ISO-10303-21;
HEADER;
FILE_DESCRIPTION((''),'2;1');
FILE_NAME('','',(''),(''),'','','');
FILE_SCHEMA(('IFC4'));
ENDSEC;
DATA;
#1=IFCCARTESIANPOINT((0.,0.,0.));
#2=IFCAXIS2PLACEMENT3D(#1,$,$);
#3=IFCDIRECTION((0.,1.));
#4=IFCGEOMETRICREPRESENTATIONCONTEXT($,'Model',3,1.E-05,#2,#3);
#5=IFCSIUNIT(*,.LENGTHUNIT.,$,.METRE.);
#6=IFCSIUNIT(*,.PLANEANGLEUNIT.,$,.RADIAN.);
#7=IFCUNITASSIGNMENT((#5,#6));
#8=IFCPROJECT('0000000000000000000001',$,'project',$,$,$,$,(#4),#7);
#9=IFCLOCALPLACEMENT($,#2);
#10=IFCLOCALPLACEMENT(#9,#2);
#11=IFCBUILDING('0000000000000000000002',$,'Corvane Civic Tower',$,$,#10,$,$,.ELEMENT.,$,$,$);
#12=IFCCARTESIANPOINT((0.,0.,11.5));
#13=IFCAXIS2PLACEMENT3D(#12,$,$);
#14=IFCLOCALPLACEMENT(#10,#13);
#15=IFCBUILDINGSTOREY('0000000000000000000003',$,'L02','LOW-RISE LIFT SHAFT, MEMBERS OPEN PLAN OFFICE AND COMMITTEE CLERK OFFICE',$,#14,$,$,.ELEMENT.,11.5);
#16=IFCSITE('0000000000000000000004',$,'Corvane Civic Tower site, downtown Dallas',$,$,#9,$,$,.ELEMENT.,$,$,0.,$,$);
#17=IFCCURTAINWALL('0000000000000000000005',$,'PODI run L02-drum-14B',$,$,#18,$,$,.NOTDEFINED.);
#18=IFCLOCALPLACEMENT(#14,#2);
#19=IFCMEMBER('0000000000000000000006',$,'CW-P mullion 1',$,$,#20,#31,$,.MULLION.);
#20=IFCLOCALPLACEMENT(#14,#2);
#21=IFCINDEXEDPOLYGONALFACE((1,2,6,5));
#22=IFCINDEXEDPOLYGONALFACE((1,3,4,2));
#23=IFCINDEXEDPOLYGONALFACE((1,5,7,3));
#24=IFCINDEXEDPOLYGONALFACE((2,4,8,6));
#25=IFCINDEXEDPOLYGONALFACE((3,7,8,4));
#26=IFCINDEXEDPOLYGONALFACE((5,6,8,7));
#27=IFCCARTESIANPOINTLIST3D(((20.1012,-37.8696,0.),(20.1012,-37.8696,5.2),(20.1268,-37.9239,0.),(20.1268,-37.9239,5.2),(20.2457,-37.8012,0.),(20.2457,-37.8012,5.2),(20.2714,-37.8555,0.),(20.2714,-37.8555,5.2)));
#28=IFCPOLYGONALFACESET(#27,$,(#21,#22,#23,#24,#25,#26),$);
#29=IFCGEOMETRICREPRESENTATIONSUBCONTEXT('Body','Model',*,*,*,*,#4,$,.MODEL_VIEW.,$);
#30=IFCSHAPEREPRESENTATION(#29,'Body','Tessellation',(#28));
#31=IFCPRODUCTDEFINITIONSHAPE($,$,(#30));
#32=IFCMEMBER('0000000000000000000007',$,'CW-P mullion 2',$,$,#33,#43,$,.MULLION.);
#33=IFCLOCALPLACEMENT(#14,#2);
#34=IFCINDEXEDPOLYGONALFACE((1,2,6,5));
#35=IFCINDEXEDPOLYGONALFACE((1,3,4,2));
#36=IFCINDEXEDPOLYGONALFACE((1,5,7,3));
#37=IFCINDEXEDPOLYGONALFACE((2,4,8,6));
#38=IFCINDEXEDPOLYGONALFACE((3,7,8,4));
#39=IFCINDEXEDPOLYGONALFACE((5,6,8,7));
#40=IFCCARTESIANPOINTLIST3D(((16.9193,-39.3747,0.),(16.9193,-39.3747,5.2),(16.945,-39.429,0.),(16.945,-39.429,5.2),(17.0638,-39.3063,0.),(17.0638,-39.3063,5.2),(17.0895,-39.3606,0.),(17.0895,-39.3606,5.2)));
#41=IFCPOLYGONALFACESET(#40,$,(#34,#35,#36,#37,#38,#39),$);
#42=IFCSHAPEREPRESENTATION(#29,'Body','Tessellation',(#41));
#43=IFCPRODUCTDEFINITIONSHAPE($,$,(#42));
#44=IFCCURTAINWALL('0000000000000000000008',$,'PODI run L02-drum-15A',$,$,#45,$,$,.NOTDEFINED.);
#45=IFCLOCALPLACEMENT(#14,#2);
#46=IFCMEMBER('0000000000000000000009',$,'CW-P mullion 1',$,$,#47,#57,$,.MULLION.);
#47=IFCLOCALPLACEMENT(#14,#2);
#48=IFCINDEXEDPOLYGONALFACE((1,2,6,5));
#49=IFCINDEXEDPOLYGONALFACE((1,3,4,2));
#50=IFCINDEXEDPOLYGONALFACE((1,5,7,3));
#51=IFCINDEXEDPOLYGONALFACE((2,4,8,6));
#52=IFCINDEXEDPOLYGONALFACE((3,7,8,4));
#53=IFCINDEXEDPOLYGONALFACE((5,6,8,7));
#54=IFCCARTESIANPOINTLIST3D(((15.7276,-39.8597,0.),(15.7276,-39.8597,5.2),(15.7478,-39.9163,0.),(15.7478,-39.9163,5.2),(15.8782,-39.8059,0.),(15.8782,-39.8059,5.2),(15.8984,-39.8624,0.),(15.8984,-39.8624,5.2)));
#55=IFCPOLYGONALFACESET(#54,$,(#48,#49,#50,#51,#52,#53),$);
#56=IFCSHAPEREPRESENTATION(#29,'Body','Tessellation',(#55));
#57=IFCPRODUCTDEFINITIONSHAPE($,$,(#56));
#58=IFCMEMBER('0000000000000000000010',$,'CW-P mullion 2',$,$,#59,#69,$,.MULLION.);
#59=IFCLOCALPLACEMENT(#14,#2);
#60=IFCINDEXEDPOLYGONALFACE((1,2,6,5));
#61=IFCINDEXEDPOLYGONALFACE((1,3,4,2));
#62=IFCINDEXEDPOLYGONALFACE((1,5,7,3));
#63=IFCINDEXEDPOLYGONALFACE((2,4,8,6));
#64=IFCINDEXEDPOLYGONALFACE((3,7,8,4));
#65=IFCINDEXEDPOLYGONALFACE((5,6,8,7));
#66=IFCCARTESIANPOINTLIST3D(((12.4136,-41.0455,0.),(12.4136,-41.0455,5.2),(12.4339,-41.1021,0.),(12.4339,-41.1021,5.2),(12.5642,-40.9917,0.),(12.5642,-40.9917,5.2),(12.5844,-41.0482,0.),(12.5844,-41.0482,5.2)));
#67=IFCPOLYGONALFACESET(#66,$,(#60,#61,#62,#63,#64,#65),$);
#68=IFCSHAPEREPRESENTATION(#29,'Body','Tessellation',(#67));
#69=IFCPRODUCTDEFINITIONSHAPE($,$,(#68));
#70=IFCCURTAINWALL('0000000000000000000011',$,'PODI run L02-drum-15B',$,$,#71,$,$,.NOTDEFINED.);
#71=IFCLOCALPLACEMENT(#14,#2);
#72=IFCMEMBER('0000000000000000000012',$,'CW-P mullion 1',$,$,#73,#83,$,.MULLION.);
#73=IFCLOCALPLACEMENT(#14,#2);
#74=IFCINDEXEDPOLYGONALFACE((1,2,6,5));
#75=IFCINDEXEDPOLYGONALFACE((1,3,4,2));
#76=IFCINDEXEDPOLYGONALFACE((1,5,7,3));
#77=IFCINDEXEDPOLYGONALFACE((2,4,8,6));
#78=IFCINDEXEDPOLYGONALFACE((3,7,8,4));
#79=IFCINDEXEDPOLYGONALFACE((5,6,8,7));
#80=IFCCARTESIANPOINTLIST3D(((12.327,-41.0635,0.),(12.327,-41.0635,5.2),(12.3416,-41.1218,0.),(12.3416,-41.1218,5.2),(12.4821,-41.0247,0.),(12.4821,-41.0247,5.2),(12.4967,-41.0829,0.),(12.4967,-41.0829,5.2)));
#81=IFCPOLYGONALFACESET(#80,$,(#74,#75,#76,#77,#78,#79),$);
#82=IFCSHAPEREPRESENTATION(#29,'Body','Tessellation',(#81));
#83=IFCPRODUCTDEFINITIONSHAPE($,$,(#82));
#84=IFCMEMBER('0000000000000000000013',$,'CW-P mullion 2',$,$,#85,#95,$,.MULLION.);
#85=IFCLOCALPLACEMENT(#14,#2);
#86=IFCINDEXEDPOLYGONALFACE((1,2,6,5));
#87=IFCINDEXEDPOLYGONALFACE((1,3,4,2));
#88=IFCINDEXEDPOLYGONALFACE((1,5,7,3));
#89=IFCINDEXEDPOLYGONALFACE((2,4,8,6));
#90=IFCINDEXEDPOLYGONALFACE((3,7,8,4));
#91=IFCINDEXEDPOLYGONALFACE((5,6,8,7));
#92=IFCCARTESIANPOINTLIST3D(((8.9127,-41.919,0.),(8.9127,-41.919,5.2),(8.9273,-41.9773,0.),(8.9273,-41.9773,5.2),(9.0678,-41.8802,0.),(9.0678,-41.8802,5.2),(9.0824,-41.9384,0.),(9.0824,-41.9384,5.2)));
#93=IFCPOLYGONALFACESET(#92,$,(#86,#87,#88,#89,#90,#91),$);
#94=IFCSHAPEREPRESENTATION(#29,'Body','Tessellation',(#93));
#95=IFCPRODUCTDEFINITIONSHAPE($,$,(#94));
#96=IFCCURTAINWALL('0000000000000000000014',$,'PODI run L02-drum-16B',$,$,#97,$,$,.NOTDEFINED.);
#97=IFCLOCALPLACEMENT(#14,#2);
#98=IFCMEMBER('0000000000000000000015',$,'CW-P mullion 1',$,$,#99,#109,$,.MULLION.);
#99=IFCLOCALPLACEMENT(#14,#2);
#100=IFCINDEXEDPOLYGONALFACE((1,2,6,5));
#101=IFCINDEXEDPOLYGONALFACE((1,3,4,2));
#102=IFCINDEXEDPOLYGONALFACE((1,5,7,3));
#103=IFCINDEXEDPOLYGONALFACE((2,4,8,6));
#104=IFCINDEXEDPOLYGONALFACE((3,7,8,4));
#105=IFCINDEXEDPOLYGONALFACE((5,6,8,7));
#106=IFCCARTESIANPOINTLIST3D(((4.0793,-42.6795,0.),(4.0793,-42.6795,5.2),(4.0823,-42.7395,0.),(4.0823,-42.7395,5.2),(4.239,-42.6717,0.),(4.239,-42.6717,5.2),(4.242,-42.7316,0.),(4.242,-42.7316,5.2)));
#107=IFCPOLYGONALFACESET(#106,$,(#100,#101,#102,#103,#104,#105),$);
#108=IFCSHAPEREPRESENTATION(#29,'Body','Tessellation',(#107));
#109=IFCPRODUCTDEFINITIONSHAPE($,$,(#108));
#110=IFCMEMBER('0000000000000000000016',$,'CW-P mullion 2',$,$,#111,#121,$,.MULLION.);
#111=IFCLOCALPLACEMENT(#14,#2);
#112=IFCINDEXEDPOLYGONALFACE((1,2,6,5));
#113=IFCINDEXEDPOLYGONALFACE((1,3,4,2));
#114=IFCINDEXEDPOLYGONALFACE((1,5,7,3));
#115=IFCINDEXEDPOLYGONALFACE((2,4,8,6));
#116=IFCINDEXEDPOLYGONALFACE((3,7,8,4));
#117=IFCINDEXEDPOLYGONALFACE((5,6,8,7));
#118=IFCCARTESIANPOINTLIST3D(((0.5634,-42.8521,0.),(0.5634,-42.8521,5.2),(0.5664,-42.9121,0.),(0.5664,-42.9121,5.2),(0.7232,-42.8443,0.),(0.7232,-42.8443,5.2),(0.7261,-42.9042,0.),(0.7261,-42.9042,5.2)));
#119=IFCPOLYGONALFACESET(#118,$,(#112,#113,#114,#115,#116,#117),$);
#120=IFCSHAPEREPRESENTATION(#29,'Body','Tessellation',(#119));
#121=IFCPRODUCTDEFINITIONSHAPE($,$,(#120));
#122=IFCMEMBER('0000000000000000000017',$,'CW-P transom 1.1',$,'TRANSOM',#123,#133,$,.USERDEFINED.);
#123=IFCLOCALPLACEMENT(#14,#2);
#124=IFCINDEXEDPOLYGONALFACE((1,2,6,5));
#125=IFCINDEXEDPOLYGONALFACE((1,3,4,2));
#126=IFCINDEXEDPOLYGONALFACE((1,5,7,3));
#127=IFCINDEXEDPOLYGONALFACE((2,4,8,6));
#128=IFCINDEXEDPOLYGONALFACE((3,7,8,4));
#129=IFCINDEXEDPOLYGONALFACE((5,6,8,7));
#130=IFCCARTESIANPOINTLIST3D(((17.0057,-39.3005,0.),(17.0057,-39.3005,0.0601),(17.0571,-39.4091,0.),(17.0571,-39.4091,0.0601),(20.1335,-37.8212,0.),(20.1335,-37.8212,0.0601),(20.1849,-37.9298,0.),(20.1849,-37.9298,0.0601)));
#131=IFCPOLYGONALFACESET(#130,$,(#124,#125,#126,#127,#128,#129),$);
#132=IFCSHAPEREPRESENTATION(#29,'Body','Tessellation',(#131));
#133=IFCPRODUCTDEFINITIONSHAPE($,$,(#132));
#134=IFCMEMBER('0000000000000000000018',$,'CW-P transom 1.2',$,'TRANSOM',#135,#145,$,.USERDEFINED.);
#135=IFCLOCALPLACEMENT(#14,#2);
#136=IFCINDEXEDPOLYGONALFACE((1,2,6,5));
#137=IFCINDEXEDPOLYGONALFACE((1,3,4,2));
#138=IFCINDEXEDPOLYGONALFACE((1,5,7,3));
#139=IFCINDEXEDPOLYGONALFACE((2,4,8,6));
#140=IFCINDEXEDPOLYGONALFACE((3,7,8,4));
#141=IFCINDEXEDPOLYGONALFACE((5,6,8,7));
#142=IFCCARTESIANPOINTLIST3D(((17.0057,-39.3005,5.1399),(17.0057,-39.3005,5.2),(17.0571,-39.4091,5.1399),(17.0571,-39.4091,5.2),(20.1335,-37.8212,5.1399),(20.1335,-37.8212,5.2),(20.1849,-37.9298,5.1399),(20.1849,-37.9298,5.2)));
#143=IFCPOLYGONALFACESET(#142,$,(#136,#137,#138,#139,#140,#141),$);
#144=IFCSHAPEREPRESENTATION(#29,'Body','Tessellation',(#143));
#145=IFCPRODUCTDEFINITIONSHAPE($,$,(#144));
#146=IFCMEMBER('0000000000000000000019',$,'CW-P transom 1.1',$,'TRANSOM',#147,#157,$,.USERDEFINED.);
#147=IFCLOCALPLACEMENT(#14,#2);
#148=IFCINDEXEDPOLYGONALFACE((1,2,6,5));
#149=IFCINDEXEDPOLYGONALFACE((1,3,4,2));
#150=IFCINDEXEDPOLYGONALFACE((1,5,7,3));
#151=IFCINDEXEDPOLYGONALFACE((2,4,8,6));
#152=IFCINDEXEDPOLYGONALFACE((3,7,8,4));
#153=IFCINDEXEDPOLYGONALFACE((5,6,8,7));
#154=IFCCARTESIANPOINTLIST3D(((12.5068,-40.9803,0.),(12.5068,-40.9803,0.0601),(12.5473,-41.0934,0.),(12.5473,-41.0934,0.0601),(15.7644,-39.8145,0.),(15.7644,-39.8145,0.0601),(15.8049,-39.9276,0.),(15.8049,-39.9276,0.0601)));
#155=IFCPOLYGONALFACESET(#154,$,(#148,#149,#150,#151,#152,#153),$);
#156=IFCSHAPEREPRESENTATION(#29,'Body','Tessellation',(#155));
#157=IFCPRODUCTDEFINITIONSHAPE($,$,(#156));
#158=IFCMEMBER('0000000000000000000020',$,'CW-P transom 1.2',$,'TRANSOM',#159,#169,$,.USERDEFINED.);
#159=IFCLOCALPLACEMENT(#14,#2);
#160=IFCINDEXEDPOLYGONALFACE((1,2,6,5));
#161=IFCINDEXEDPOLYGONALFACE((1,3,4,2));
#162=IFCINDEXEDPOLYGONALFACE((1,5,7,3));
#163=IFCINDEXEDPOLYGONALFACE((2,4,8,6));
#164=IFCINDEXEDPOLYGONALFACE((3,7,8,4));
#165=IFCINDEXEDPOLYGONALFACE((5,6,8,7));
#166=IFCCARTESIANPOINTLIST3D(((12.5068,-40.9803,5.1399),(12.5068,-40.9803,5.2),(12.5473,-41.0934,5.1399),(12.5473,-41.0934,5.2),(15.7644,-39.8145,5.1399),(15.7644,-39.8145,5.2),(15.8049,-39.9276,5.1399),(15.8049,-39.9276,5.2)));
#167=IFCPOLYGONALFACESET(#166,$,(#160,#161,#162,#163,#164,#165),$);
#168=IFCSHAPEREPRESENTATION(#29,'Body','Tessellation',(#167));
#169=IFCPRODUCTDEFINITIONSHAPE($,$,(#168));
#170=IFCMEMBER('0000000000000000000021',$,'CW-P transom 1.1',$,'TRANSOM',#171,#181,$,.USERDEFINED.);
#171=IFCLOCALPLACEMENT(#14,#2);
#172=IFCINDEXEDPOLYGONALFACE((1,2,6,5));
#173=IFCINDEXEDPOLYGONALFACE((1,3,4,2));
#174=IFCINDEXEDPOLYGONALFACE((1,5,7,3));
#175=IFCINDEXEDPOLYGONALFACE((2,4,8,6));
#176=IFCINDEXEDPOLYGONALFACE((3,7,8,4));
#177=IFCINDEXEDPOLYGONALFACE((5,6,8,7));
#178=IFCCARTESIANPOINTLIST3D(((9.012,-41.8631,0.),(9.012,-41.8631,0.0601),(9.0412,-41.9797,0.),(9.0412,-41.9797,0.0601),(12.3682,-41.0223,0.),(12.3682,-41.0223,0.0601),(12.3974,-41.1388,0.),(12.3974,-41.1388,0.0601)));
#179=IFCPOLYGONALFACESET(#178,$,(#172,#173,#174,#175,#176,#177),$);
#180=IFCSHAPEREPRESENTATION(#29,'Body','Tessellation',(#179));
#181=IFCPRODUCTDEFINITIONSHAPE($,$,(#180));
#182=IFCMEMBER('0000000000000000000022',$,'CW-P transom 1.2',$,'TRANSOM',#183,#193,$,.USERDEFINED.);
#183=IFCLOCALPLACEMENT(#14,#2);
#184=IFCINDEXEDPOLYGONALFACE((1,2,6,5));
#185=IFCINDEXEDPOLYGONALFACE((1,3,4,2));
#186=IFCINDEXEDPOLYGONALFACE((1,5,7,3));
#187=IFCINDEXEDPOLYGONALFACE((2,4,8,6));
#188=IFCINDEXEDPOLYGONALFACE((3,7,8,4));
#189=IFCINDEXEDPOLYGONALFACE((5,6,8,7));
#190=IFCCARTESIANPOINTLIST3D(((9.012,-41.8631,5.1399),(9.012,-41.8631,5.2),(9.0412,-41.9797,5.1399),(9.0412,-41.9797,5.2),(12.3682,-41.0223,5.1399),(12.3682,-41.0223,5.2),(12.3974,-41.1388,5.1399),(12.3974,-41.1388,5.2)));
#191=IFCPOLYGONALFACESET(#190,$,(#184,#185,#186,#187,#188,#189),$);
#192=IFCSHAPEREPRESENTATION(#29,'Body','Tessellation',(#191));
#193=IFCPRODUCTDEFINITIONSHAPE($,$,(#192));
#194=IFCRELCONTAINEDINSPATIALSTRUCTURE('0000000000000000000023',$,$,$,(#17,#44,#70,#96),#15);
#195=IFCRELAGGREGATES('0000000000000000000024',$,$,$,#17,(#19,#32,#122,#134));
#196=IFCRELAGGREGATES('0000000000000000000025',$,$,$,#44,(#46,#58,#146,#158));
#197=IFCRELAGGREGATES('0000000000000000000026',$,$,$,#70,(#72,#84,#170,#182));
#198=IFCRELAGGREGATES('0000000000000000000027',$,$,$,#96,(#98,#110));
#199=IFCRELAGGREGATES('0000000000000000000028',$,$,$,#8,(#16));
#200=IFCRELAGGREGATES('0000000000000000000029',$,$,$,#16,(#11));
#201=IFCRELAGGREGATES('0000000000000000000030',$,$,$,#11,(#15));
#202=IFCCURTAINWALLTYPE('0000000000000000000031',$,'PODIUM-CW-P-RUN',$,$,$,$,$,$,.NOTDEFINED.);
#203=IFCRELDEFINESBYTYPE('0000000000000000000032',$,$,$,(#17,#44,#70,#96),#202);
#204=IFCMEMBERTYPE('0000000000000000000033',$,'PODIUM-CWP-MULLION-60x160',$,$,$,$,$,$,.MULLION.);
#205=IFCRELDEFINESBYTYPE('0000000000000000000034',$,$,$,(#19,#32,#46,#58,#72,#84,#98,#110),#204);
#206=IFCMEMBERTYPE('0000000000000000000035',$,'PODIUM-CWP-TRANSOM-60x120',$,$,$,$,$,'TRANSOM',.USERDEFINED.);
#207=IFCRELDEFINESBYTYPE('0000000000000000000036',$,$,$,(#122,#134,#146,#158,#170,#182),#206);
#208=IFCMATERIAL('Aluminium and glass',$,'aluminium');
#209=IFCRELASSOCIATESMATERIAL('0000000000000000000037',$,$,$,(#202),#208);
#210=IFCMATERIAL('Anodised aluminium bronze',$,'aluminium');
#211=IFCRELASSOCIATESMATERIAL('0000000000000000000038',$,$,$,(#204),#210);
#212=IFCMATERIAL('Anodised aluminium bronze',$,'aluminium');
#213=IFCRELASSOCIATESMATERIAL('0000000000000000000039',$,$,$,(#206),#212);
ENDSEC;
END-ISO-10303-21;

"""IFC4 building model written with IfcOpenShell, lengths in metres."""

from ifc_helpers import new_model, si_unit, direction, frame, origin, origin_2d, place, context, subcontext, project, spatial, rectangle, extrude, material, material_profile, profile_set, type_object, element, aggregate, save


model = new_model("IFC4")

# Units and contexts
model_context = context("Model", 3, precision=1e-05, world=origin(), true_north=direction((0.0, 1.0)))
body_context = subcontext(model_context, "Body", "Model", "MODEL_VIEW")
ifc_project = project(units=[si_unit("LENGTHUNIT", "METRE"), si_unit("PLANEANGLEUNIT", "RADIAN")], contexts=[model_context])

# Site, building, storey
site_placement = place(None, origin())
site = spatial("IfcSite", under=ifc_project, at=site_placement, Name="Corvane Civic Tower site, downtown Dallas", CompositionType="ELEMENT", RefElevation=0.0)
building_placement = place(site_placement, origin())
building = spatial("IfcBuilding", under=site, at=building_placement, Name="Corvane Civic Tower", CompositionType="ELEMENT")
storey_placement = place(building_placement, frame((0.0, 0.0, 11.5)))
storey = spatial("IfcBuildingStorey", under=building, at=storey_placement, Name="L02", Description="LOW-RISE LIFT SHAFT, MEMBERS OPEN PLAN OFFICE AND COMMITTEE CLERK OFFICE", CompositionType="ELEMENT", Elevation=11.5)

# Curtain walls, members
ifc_material_1 = material(Name="Aluminium and glass", Category="aluminium")
curtain_wall_type = type_object("IfcCurtainWallType", Name="PODIUM-CW-P-RUN", PredefinedType="NOTDEFINED", material=ifc_material_1)
curtain_wall_1_placement = place(storey_placement, origin())
curtain_wall_1 = element("IfcCurtainWall", 1, at=curtain_wall_1_placement, inside=storey, type_object=curtain_wall_type, Name="PODI run L02-drum-14B", PredefinedType="NOTDEFINED")
ifc_material_2 = material(Name="Anodised aluminium bronze", Category="aluminium")
ifc_material_profile_1 = material_profile(ifc_material_2, rectangle(XDim=0.0601, YDim=0.1599, at=origin_2d()), Name="AL 60x160")
ifc_profile_set_1 = profile_set([ifc_material_profile_1], Name="Anodised aluminium bronze")
member_type_1 = type_object("IfcMemberType", Name="PODIUM-CWP-MULLION-60x160", PredefinedType="MULLION", material=ifc_profile_set_1)
member_1_placement = place(storey_placement, frame((20.1863, -37.8625, 0.0), z_axis=(0.0, 0.0, 1.0), x_axis=(0.427553, -0.90399, 0.0)))
member_1 = element("IfcMember", 2, at=member_1_placement, type_object=member_type_1, Name="CW-P mullion 1", PredefinedType="MULLION", context=body_context, shape_type="SweptSolid", body=[
    extrude(rectangle(XDim=0.0601, YDim=0.1599, at=origin_2d()), origin(), (0.0, 0.0, 1.0), 5.2),
])
member_2_placement = place(storey_placement, frame((17.0044, -39.3677, 0.0), z_axis=(0.0, 0.0, 1.0), x_axis=(0.427553, -0.90399, 0.0)))
member_2 = element("IfcMember", 3, at=member_2_placement, type_object=member_type_1, Name="CW-P mullion 2", PredefinedType="MULLION", context=body_context, shape_type="SweptSolid", body=[
    extrude(rectangle(XDim=0.0601, YDim=0.1599, at=origin_2d()), origin(), (0.0, 0.0, 1.0), 5.2),
])
curtain_wall_2_placement = place(storey_placement, origin())
curtain_wall_2 = element("IfcCurtainWall", 4, at=curtain_wall_2_placement, inside=storey, type_object=curtain_wall_type, Name="PODI run L02-drum-15A", PredefinedType="NOTDEFINED")
member_3_placement = place(storey_placement, frame((15.813, -39.8611, 0.0), z_axis=(0.0, 0.0, 1.0), x_axis=(0.336919, -0.941534, 0.0)))
member_3 = element("IfcMember", 5, at=member_3_placement, type_object=member_type_1, Name="CW-P mullion 1", PredefinedType="MULLION", context=body_context, shape_type="SweptSolid", body=[
    extrude(rectangle(XDim=0.0601, YDim=0.1599, at=origin_2d()), origin(), (0.0, 0.0, 1.0), 5.2),
])
member_4_placement = place(storey_placement, frame((12.499, -41.0469, 0.0), z_axis=(0.0, 0.0, 1.0), x_axis=(0.336919, -0.941534, 0.0)))
member_4 = element("IfcMember", 6, at=member_4_placement, type_object=member_type_1, Name="CW-P mullion 2", PredefinedType="MULLION", context=body_context, shape_type="SweptSolid", body=[
    extrude(rectangle(XDim=0.0601, YDim=0.1599, at=origin_2d()), origin(), (0.0, 0.0, 1.0), 5.2),
])
curtain_wall_3_placement = place(storey_placement, origin())
curtain_wall_3 = element("IfcCurtainWall", 7, at=curtain_wall_3_placement, inside=storey, type_object=curtain_wall_type, Name="PODI run L02-drum-15B", PredefinedType="NOTDEFINED")
member_5_placement = place(storey_placement, frame((12.4119, -41.0732, 0.0), z_axis=(0.0, 0.0, 1.0), x_axis=(0.243009, -0.970024, 0.0)))
member_5 = element("IfcMember", 8, at=member_5_placement, type_object=member_type_1, Name="CW-P mullion 1", PredefinedType="MULLION", context=body_context, shape_type="SweptSolid", body=[
    extrude(rectangle(XDim=0.0601, YDim=0.1599, at=origin_2d()), origin(), (0.0, 0.0, 1.0), 5.2),
])
member_6_placement = place(storey_placement, frame((8.9976, -41.9287, 0.0), z_axis=(0.0, 0.0, 1.0), x_axis=(0.243009, -0.970024, 0.0)))
member_6 = element("IfcMember", 9, at=member_6_placement, type_object=member_type_1, Name="CW-P mullion 2", PredefinedType="MULLION", context=body_context, shape_type="SweptSolid", body=[
    extrude(rectangle(XDim=0.0601, YDim=0.1599, at=origin_2d()), origin(), (0.0, 0.0, 1.0), 5.2),
])
curtain_wall_4_placement = place(storey_placement, origin())
curtain_wall_4 = element("IfcCurtainWall", 10, at=curtain_wall_4_placement, inside=storey, type_object=curtain_wall_type, Name="PODI run L02-drum-16B", PredefinedType="NOTDEFINED")
member_7_placement = place(storey_placement, frame((4.1606, -42.7056, 0.0), z_axis=(0.0, 0.0, 1.0), x_axis=(0.04905, -0.998796, 0.0)))
member_7 = element("IfcMember", 11, at=member_7_placement, type_object=member_type_1, Name="CW-P mullion 1", PredefinedType="MULLION", context=body_context, shape_type="SweptSolid", body=[
    extrude(rectangle(XDim=0.0601, YDim=0.1599, at=origin_2d()), origin(), (0.0, 0.0, 1.0), 5.2),
])
member_8_placement = place(storey_placement, frame((0.6448, -42.8782, 0.0), z_axis=(0.0, 0.0, 1.0), x_axis=(0.04905, -0.998796, 0.0)))
member_8 = element("IfcMember", 12, at=member_8_placement, type_object=member_type_1, Name="CW-P mullion 2", PredefinedType="MULLION", context=body_context, shape_type="SweptSolid", body=[
    extrude(rectangle(XDim=0.0601, YDim=0.1599, at=origin_2d()), origin(), (0.0, 0.0, 1.0), 5.2),
])

# Members
ifc_material_3 = material(Name="Anodised aluminium bronze", Category="aluminium")
ifc_material_profile_2 = material_profile(ifc_material_3, rectangle(XDim=0.1201, YDim=0.0601, at=origin_2d()), Name="AL 120x60")
ifc_profile_set_2 = profile_set([ifc_material_profile_2], Name="Anodised aluminium bronze")
member_type_2 = type_object("IfcMemberType", Name="PODIUM-CWP-TRANSOM-60x120", ElementType="TRANSOM", PredefinedType="USERDEFINED", material=ifc_profile_set_2)
member_9_placement = place(storey_placement, frame((20.1592, -37.8755, 0.03), z_axis=(-0.903993, -0.427546, 0.0), x_axis=(0.427546, -0.903993, 0.0)))
member_9 = element("IfcMember", 13, at=member_9_placement, type_object=member_type_2, Name="CW-P transom 1.1", ObjectType="TRANSOM", PredefinedType="USERDEFINED", context=body_context, shape_type="SweptSolid", body=[
    extrude(rectangle(XDim=0.1201, YDim=0.0601, at=origin_2d()), origin(), (0.0, 0.0, 1.0), 3.46),
])
member_10_placement = place(storey_placement, frame((20.1592, -37.8755, 5.1699), z_axis=(-0.903993, -0.427546, 0.0), x_axis=(0.427546, -0.903993, 0.0)))
member_10 = element("IfcMember", 14, at=member_10_placement, type_object=member_type_2, Name="CW-P transom 1.2", ObjectType="TRANSOM", PredefinedType="USERDEFINED", context=body_context, shape_type="SweptSolid", body=[
    extrude(rectangle(XDim=0.1201, YDim=0.0601, at=origin_2d()), origin(), (0.0, 0.0, 1.0), 3.46),
])
member_11_placement = place(storey_placement, frame((15.7847, -39.8711, 0.03), z_axis=(-0.941526, -0.33694, 0.0), x_axis=(0.33694, -0.941526, 0.0)))
member_11 = element("IfcMember", 15, at=member_11_placement, type_object=member_type_2, Name="CW-P transom 1.1", ObjectType="TRANSOM", PredefinedType="USERDEFINED", context=body_context, shape_type="SweptSolid", body=[
    extrude(rectangle(XDim=0.1201, YDim=0.0601, at=origin_2d()), origin(), (0.0, 0.0, 1.0), 3.46),
])
member_12_placement = place(storey_placement, frame((15.7847, -39.8711, 5.1699), z_axis=(-0.941526, -0.33694, 0.0), x_axis=(0.33694, -0.941526, 0.0)))
member_12 = element("IfcMember", 16, at=member_12_placement, type_object=member_type_2, Name="CW-P transom 1.2", ObjectType="TRANSOM", PredefinedType="USERDEFINED", context=body_context, shape_type="SweptSolid", body=[
    extrude(rectangle(XDim=0.1201, YDim=0.0601, at=origin_2d()), origin(), (0.0, 0.0, 1.0), 3.46),
])
member_13_placement = place(storey_placement, frame((12.3828, -41.0806, 0.03), z_axis=(-0.970022, -0.243017, 0.0), x_axis=(0.243017, -0.970022, 0.0)))
member_13 = element("IfcMember", 17, at=member_13_placement, type_object=member_type_2, Name="CW-P transom 1.1", ObjectType="TRANSOM", PredefinedType="USERDEFINED", context=body_context, shape_type="SweptSolid", body=[
    extrude(rectangle(XDim=0.1201, YDim=0.0601, at=origin_2d()), origin(), (0.0, 0.0, 1.0), 3.46),
])
member_14_placement = place(storey_placement, frame((12.3828, -41.0806, 5.1699), z_axis=(-0.970022, -0.243017, 0.0), x_axis=(0.243017, -0.970022, 0.0)))
member_14 = element("IfcMember", 18, at=member_14_placement, type_object=member_type_2, Name="CW-P transom 1.2", ObjectType="TRANSOM", PredefinedType="USERDEFINED", context=body_context, shape_type="SweptSolid", body=[
    extrude(rectangle(XDim=0.1201, YDim=0.0601, at=origin_2d()), origin(), (0.0, 0.0, 1.0), 3.46),
])

aggregate(curtain_wall_1, [member_1, member_2, member_9, member_10])
aggregate(curtain_wall_2, [member_3, member_4, member_11, member_12])
aggregate(curtain_wall_3, [member_5, member_6, member_13, member_14])
aggregate(curtain_wall_4, [member_7, member_8])

save(model, "model.ifc")
